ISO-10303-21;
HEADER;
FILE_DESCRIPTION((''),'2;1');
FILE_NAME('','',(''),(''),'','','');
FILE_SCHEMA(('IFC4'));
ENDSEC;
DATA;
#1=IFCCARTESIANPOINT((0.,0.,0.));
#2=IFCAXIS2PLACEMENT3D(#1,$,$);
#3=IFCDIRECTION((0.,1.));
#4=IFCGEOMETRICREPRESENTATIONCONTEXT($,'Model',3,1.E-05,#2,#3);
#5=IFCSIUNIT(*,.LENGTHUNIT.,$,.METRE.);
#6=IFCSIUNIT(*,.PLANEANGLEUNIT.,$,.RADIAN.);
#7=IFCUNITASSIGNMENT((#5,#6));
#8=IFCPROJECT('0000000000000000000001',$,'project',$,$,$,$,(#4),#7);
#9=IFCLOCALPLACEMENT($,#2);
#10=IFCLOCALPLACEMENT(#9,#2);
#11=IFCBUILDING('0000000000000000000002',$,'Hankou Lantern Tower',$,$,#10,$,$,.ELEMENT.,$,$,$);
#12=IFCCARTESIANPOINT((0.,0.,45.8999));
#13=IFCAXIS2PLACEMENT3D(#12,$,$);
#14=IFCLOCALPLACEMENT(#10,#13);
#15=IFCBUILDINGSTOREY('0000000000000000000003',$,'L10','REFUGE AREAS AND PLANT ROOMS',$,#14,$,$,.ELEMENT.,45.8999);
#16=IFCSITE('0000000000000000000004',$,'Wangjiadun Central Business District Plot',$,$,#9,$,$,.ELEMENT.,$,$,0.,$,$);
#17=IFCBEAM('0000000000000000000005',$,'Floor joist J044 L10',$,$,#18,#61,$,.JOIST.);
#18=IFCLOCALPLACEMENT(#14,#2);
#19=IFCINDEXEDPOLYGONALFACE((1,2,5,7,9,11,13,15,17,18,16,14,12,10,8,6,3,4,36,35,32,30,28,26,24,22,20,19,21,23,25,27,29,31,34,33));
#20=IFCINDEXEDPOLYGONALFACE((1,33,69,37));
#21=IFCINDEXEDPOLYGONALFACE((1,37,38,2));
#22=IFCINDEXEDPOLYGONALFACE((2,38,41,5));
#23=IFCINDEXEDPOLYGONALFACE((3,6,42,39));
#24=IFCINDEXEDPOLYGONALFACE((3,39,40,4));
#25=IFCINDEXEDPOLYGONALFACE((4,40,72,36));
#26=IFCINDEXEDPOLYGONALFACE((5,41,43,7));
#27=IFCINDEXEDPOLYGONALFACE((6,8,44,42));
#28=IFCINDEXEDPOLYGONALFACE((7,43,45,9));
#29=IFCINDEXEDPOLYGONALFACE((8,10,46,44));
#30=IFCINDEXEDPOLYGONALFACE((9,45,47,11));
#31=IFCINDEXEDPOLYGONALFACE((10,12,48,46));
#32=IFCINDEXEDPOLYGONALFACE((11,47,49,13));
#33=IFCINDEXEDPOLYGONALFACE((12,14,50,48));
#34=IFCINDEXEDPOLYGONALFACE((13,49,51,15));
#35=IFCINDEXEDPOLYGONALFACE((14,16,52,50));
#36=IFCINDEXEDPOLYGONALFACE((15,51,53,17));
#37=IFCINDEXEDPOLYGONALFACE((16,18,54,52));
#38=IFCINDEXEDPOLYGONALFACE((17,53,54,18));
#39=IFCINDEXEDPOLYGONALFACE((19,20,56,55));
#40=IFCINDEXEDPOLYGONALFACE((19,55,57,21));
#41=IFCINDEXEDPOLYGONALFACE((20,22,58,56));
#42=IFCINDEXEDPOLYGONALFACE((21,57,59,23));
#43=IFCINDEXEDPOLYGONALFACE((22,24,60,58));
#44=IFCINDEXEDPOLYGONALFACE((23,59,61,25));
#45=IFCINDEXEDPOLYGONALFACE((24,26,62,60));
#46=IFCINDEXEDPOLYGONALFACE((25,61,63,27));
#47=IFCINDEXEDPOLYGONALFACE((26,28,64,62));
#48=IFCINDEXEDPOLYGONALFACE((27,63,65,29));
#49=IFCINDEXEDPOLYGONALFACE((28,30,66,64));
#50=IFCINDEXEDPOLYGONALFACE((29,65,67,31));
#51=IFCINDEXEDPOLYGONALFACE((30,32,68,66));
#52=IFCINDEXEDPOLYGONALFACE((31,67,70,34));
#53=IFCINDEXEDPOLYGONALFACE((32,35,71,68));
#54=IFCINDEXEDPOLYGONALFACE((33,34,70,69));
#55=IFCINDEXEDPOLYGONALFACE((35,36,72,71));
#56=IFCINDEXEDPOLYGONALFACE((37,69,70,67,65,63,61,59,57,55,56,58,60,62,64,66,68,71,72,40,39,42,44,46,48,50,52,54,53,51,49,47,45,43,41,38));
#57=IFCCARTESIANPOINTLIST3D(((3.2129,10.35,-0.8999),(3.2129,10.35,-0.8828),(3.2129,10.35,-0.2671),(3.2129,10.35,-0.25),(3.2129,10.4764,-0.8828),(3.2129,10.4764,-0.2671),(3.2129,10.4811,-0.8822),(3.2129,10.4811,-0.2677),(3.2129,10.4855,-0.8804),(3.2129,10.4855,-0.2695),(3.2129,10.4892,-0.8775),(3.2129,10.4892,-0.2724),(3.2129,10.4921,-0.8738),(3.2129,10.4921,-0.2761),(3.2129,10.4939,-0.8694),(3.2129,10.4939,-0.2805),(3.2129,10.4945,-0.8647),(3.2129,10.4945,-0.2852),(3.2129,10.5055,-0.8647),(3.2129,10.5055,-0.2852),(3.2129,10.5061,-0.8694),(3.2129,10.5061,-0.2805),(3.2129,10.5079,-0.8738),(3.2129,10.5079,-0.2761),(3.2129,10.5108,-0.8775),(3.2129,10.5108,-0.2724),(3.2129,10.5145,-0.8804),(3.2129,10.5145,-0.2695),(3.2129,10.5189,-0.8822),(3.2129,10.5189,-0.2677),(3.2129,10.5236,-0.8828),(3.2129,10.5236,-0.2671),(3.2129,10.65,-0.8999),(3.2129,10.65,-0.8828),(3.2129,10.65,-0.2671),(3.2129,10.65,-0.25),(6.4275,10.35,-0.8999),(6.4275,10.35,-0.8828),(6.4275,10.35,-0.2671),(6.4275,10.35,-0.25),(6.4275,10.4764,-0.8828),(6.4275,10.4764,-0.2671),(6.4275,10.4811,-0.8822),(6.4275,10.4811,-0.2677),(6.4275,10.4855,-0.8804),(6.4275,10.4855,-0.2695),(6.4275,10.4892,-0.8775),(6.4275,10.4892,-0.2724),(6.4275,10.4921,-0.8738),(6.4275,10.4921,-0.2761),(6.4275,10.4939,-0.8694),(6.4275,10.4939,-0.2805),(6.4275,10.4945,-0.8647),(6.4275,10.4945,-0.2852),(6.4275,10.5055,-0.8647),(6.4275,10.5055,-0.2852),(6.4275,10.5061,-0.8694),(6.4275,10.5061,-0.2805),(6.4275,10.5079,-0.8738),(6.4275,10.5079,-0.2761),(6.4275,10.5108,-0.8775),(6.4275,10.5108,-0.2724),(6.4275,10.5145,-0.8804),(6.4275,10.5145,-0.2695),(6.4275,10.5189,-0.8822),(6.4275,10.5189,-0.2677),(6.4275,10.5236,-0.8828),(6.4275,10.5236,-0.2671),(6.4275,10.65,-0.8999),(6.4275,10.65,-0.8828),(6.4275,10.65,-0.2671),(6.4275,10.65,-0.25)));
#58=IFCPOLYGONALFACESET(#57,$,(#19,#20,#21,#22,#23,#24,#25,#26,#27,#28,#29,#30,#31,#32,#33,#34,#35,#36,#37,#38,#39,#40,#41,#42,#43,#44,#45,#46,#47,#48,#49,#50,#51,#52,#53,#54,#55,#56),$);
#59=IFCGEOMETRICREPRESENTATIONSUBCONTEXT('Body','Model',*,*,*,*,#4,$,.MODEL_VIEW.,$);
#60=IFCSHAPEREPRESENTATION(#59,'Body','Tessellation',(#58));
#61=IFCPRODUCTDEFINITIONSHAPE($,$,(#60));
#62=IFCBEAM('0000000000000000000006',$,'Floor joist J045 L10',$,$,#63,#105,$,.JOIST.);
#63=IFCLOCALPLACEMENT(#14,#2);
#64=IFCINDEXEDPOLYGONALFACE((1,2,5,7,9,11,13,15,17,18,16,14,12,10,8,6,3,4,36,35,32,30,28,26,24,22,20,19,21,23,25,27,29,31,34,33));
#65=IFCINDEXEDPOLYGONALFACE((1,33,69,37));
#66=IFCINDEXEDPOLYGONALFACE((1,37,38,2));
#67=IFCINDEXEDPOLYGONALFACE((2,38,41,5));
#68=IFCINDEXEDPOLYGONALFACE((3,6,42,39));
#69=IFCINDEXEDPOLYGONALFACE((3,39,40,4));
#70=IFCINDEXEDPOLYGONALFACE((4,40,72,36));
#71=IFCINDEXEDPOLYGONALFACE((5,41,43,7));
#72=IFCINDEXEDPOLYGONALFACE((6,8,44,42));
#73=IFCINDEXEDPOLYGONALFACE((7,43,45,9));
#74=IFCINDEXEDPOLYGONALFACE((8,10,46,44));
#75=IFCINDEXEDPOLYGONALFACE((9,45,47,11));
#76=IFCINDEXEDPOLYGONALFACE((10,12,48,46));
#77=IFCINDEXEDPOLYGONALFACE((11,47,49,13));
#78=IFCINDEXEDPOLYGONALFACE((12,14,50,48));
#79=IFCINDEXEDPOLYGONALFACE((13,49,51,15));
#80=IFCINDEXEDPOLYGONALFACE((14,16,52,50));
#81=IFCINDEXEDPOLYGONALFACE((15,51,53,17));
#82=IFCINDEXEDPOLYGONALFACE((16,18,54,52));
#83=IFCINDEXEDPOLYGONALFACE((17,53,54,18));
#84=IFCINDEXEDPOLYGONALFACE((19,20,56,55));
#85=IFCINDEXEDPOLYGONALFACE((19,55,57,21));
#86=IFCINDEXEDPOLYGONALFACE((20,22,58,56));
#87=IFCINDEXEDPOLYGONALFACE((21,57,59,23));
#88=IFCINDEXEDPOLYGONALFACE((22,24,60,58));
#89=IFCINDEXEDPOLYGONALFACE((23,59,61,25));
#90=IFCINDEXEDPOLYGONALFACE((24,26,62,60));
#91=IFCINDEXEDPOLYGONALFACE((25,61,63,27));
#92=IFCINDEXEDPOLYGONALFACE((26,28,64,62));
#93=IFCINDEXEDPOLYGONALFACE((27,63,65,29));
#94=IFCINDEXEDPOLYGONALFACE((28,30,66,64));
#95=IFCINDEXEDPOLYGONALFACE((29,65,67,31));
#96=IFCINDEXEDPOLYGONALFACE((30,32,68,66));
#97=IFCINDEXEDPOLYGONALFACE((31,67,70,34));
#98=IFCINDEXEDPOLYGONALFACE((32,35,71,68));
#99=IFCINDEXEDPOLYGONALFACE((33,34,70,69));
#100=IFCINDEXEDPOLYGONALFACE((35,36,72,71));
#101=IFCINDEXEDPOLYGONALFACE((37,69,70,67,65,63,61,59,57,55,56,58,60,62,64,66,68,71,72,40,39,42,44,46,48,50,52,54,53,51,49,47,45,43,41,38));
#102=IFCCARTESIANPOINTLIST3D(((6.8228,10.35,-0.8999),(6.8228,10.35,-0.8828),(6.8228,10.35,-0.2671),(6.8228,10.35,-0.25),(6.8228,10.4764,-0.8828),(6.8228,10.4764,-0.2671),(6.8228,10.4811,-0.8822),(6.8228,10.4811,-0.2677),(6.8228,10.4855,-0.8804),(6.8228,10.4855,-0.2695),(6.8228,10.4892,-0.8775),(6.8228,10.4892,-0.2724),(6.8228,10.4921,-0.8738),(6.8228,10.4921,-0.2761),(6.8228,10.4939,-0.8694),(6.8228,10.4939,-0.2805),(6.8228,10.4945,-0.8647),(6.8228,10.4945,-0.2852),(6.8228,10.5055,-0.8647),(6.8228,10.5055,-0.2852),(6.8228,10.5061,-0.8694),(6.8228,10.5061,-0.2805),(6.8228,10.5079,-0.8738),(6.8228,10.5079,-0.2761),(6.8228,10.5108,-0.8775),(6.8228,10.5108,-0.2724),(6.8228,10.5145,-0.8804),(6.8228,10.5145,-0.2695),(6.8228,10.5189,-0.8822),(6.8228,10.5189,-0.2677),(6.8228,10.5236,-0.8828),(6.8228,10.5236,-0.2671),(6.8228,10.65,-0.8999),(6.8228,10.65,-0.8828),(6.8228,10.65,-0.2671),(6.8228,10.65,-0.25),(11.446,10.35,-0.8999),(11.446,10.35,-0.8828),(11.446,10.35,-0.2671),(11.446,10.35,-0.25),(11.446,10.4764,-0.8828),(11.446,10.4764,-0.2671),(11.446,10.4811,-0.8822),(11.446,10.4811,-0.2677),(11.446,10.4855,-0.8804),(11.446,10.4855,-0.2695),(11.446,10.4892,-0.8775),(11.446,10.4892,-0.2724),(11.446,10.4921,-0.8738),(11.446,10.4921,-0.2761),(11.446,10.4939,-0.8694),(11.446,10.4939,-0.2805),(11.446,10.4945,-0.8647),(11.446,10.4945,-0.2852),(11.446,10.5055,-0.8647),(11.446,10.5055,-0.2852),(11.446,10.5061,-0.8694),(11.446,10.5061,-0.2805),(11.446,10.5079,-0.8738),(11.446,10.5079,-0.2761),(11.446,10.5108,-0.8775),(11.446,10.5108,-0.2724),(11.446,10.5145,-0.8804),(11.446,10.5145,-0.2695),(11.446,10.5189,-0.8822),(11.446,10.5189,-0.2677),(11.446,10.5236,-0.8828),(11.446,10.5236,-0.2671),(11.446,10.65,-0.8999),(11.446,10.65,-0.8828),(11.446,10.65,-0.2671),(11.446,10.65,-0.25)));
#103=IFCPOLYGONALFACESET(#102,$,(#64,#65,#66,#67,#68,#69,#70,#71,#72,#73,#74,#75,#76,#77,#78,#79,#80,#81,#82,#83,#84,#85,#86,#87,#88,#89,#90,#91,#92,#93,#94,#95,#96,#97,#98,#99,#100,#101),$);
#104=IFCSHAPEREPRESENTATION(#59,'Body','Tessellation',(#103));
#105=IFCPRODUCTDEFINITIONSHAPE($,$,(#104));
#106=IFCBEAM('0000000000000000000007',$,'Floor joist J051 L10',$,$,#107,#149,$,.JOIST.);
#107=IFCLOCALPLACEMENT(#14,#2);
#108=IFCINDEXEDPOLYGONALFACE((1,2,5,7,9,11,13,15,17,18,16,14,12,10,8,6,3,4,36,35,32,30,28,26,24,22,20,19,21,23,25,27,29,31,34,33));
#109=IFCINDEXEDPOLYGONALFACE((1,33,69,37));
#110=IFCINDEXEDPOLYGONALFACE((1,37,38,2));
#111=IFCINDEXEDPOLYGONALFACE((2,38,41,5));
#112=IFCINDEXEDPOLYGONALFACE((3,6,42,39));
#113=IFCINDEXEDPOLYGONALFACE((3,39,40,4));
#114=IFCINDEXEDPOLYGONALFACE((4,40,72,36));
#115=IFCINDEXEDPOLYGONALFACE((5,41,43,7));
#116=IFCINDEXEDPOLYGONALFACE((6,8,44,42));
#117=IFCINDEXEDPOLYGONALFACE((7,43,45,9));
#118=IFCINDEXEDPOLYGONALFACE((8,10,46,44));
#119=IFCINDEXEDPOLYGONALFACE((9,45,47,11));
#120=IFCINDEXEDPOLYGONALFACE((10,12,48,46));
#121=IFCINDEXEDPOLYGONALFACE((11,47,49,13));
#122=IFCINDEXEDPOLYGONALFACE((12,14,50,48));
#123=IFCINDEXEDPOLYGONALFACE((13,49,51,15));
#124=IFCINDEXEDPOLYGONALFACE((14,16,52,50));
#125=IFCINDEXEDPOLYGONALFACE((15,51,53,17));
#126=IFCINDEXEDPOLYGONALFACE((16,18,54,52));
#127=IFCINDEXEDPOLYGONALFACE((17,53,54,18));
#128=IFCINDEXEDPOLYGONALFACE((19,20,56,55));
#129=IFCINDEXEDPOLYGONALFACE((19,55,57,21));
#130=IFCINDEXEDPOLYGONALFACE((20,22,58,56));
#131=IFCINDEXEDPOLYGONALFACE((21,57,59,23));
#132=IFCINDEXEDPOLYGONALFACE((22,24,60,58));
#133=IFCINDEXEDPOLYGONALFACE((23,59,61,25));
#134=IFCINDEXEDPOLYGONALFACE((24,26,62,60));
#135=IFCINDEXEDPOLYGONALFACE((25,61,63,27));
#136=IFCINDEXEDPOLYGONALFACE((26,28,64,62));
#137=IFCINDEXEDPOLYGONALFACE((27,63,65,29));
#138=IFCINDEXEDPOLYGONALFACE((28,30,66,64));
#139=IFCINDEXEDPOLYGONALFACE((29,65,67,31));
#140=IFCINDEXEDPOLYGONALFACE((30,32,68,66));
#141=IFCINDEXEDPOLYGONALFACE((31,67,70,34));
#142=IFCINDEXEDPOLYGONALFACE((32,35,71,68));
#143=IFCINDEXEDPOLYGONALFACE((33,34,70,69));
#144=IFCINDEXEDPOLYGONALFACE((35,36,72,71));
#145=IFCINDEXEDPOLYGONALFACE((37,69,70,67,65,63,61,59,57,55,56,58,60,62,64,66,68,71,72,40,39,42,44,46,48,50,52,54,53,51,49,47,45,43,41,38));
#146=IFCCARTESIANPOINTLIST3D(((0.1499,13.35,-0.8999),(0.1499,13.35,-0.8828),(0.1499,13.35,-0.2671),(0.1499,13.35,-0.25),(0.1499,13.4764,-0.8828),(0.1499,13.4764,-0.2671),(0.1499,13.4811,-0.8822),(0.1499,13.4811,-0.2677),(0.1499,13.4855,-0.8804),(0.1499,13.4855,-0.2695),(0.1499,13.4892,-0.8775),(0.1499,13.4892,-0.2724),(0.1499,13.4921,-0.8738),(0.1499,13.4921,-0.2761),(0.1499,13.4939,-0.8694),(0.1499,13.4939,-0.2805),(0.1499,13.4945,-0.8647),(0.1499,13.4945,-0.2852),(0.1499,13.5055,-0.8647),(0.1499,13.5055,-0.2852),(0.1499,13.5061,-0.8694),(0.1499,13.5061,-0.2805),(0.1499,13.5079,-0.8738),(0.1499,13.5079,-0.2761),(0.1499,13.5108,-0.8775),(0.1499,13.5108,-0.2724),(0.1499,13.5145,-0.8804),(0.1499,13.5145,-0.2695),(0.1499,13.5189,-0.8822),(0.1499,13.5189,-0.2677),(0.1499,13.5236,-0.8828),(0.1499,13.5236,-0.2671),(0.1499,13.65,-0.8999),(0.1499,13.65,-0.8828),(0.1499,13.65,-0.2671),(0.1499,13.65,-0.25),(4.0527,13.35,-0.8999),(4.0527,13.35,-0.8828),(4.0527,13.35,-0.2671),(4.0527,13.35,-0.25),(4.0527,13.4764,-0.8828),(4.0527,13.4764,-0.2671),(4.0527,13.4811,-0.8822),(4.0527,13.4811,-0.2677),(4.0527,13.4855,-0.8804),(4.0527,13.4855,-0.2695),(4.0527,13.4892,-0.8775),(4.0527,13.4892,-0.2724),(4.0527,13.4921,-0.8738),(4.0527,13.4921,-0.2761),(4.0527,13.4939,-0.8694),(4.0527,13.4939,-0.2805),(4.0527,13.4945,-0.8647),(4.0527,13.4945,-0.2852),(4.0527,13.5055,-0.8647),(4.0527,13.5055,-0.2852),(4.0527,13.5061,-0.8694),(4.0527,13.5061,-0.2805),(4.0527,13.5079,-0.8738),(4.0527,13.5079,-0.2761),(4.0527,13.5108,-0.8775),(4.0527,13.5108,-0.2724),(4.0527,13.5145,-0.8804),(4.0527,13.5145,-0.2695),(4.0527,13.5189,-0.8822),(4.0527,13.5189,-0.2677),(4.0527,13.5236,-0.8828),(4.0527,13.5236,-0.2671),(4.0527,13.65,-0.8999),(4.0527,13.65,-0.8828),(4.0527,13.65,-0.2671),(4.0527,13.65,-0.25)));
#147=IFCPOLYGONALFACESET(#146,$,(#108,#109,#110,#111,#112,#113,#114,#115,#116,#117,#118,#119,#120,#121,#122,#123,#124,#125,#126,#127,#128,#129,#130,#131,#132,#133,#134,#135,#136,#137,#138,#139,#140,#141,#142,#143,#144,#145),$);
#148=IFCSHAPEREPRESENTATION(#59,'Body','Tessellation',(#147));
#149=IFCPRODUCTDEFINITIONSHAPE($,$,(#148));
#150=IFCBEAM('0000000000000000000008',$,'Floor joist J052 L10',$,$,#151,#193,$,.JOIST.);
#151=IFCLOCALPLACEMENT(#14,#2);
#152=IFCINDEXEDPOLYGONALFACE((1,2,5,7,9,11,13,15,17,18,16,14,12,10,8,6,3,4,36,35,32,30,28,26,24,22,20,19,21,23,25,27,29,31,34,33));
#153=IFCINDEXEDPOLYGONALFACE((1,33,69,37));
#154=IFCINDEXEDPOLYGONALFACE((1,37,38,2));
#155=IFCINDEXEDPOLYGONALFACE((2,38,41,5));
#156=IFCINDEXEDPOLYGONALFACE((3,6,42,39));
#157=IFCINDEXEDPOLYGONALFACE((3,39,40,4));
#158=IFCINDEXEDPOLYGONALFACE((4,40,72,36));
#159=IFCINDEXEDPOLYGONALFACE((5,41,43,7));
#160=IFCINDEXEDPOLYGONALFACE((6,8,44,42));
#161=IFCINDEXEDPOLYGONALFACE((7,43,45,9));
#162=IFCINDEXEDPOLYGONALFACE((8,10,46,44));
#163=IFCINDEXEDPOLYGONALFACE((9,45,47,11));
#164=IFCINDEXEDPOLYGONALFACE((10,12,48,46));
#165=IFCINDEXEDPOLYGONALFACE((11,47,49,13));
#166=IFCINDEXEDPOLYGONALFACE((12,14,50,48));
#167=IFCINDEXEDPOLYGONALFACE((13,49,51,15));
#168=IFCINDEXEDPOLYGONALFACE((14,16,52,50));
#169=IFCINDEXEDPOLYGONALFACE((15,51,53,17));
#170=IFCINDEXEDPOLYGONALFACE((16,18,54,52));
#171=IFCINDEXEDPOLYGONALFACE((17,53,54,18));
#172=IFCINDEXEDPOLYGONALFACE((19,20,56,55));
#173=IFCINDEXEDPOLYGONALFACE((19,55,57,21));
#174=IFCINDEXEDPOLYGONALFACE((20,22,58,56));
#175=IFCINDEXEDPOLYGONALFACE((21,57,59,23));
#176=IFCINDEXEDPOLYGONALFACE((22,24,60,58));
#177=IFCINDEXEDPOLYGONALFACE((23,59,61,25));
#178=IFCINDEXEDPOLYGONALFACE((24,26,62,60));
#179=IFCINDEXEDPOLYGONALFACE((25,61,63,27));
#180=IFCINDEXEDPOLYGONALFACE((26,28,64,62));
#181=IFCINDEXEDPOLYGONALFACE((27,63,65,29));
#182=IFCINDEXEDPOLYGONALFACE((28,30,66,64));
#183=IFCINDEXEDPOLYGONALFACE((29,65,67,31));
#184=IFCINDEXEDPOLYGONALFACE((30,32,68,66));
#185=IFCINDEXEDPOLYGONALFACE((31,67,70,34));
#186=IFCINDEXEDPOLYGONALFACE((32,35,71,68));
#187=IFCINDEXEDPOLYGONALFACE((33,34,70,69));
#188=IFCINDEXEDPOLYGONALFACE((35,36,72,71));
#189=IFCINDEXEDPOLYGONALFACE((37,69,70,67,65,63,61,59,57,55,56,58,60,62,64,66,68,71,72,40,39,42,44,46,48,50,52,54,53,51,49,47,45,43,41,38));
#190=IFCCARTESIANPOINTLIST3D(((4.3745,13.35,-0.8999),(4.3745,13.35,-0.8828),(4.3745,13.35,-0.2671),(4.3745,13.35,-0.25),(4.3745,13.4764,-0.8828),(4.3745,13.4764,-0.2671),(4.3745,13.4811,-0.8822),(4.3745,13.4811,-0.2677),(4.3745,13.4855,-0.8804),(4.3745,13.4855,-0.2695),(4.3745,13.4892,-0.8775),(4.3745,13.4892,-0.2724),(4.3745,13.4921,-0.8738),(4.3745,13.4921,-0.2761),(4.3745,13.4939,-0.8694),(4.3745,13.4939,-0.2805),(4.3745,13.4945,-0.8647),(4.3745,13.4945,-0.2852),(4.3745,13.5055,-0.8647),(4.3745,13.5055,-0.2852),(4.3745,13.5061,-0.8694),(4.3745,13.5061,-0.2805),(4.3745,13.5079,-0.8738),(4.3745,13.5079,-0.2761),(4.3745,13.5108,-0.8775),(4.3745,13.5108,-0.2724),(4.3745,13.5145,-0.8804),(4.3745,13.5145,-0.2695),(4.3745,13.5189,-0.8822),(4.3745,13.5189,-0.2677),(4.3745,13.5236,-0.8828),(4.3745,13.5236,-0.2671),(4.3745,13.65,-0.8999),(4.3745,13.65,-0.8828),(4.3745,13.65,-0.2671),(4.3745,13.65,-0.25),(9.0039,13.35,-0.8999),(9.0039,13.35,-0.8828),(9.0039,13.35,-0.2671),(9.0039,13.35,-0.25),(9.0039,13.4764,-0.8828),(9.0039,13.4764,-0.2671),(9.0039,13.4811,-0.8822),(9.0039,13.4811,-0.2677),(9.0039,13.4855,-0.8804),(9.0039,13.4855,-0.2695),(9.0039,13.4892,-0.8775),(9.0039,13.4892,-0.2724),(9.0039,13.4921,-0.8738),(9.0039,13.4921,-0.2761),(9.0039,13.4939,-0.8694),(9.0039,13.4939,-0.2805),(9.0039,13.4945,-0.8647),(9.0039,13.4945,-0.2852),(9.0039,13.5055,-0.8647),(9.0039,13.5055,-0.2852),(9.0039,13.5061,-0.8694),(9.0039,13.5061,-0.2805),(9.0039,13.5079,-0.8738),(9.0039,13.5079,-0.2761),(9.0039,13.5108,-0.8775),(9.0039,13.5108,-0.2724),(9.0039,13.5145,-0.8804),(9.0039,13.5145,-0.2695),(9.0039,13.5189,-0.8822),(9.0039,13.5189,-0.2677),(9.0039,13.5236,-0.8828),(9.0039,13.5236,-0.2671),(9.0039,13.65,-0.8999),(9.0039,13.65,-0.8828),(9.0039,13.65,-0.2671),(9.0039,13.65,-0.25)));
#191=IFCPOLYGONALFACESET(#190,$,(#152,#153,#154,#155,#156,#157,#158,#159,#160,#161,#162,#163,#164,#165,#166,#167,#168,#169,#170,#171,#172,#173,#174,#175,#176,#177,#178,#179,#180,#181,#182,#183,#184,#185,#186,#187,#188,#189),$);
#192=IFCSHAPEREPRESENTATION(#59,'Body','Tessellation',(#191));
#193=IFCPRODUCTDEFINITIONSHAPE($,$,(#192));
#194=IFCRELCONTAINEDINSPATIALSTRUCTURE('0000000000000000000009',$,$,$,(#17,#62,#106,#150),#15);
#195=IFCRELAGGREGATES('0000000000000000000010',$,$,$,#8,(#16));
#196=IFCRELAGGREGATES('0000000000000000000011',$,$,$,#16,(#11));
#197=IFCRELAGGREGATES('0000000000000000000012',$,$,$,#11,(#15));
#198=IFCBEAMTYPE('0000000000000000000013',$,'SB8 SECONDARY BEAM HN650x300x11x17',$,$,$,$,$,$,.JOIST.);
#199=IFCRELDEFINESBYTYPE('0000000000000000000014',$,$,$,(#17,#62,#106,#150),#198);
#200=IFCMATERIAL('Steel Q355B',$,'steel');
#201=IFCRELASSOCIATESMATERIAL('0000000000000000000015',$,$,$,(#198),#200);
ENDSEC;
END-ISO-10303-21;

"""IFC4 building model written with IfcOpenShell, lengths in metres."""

from ifc_helpers import new_model, si_unit, direction, frame, origin, origin_2d, place, context, subcontext, project, spatial, i_section, extrude, material, material_profile, profile_set, type_object, element, save


model = new_model("IFC4")

# Units and contexts
model_context = context("Model", 3, precision=1e-05, world=origin(), true_north=direction((0.0, 1.0)))
body_context = subcontext(model_context, "Body", "Model", "MODEL_VIEW")
ifc_project = project(units=[si_unit("LENGTHUNIT", "METRE"), si_unit("PLANEANGLEUNIT", "RADIAN")], contexts=[model_context])

# Site, building, storey
site_placement = place(None, origin())
site = spatial("IfcSite", under=ifc_project, at=site_placement, Name="Wangjiadun Central Business District Plot", CompositionType="ELEMENT", RefElevation=0.0)
building_placement = place(site_placement, origin())
building = spatial("IfcBuilding", under=site, at=building_placement, Name="Hankou Lantern Tower", CompositionType="ELEMENT")
storey_placement = place(building_placement, frame((0.0, 0.0, 45.8999)))
storey = spatial("IfcBuildingStorey", under=building, at=storey_placement, Name="L10", Description="REFUGE AREAS AND PLANT ROOMS", CompositionType="ELEMENT", Elevation=45.8999)

# Beams
ifc_material_1 = material(Name="Steel Q355B", Category="steel")
ifc_material_profile_1 = material_profile(ifc_material_1, i_section(OverallWidth=0.3, OverallDepth=0.6499, WebThickness=0.011, FlangeThickness=0.0171, FilletRadius=0.0181, at=origin_2d()), Name="HN650x300x11x17")
ifc_profile_set_1 = profile_set([ifc_material_profile_1], Name="Steel Q355B")
beam_type_1 = type_object("IfcBeamType", Name="SB8 SECONDARY BEAM HN650x300x11x17", PredefinedType="JOIST", material=ifc_profile_set_1)
beam_1_placement = place(storey_placement, frame((3.2129, 10.5, -0.575), z_axis=(1.0, 0.0, 0.0), x_axis=(0.0, 1.0, 0.0)))
element("IfcBeam", 1, at=beam_1_placement, inside=storey, type_object=beam_type_1, Name="Floor joist J044 L10", PredefinedType="JOIST", context=body_context, shape_type="SweptSolid", body=[
    extrude(i_section(OverallWidth=0.3, OverallDepth=0.6499, WebThickness=0.011, FlangeThickness=0.0171, FilletRadius=0.0181, at=origin_2d()), origin(), (0.0, 0.0, 1.0), 3.2146),
])
beam_2_placement = place(storey_placement, frame((6.8228, 10.5, -0.575), z_axis=(1.0, 0.0, 0.0), x_axis=(0.0, 1.0, 0.0)))
element("IfcBeam", 2, at=beam_2_placement, inside=storey, type_object=beam_type_1, Name="Floor joist J045 L10", PredefinedType="JOIST", context=body_context, shape_type="SweptSolid", body=[
    extrude(i_section(OverallWidth=0.3, OverallDepth=0.6499, WebThickness=0.011, FlangeThickness=0.0171, FilletRadius=0.0181, at=origin_2d()), origin(), (0.0, 0.0, 1.0), 4.6233),
])
beam_3_placement = place(storey_placement, frame((0.1499, 13.5, -0.575), z_axis=(1.0, 0.0, 0.0), x_axis=(0.0, 1.0, 0.0)))
element("IfcBeam", 3, at=beam_3_placement, inside=storey, type_object=beam_type_1, Name="Floor joist J051 L10", PredefinedType="JOIST", context=body_context, shape_type="SweptSolid", body=[
    extrude(i_section(OverallWidth=0.3, OverallDepth=0.6499, WebThickness=0.011, FlangeThickness=0.0171, FilletRadius=0.0181, at=origin_2d()), origin(), (0.0, 0.0, 1.0), 3.9028),
])
beam_4_placement = place(storey_placement, frame((4.3745, 13.5, -0.575), z_axis=(1.0, 0.0, 0.0), x_axis=(0.0, 1.0, 0.0)))
element("IfcBeam", 4, at=beam_4_placement, inside=storey, type_object=beam_type_1, Name="Floor joist J052 L10", PredefinedType="JOIST", context=body_context, shape_type="SweptSolid", body=[
    extrude(i_section(OverallWidth=0.3, OverallDepth=0.6499, WebThickness=0.011, FlangeThickness=0.0171, FilletRadius=0.0181, at=origin_2d()), origin(), (0.0, 0.0, 1.0), 4.6294),
])

save(model, "model.ifc")
